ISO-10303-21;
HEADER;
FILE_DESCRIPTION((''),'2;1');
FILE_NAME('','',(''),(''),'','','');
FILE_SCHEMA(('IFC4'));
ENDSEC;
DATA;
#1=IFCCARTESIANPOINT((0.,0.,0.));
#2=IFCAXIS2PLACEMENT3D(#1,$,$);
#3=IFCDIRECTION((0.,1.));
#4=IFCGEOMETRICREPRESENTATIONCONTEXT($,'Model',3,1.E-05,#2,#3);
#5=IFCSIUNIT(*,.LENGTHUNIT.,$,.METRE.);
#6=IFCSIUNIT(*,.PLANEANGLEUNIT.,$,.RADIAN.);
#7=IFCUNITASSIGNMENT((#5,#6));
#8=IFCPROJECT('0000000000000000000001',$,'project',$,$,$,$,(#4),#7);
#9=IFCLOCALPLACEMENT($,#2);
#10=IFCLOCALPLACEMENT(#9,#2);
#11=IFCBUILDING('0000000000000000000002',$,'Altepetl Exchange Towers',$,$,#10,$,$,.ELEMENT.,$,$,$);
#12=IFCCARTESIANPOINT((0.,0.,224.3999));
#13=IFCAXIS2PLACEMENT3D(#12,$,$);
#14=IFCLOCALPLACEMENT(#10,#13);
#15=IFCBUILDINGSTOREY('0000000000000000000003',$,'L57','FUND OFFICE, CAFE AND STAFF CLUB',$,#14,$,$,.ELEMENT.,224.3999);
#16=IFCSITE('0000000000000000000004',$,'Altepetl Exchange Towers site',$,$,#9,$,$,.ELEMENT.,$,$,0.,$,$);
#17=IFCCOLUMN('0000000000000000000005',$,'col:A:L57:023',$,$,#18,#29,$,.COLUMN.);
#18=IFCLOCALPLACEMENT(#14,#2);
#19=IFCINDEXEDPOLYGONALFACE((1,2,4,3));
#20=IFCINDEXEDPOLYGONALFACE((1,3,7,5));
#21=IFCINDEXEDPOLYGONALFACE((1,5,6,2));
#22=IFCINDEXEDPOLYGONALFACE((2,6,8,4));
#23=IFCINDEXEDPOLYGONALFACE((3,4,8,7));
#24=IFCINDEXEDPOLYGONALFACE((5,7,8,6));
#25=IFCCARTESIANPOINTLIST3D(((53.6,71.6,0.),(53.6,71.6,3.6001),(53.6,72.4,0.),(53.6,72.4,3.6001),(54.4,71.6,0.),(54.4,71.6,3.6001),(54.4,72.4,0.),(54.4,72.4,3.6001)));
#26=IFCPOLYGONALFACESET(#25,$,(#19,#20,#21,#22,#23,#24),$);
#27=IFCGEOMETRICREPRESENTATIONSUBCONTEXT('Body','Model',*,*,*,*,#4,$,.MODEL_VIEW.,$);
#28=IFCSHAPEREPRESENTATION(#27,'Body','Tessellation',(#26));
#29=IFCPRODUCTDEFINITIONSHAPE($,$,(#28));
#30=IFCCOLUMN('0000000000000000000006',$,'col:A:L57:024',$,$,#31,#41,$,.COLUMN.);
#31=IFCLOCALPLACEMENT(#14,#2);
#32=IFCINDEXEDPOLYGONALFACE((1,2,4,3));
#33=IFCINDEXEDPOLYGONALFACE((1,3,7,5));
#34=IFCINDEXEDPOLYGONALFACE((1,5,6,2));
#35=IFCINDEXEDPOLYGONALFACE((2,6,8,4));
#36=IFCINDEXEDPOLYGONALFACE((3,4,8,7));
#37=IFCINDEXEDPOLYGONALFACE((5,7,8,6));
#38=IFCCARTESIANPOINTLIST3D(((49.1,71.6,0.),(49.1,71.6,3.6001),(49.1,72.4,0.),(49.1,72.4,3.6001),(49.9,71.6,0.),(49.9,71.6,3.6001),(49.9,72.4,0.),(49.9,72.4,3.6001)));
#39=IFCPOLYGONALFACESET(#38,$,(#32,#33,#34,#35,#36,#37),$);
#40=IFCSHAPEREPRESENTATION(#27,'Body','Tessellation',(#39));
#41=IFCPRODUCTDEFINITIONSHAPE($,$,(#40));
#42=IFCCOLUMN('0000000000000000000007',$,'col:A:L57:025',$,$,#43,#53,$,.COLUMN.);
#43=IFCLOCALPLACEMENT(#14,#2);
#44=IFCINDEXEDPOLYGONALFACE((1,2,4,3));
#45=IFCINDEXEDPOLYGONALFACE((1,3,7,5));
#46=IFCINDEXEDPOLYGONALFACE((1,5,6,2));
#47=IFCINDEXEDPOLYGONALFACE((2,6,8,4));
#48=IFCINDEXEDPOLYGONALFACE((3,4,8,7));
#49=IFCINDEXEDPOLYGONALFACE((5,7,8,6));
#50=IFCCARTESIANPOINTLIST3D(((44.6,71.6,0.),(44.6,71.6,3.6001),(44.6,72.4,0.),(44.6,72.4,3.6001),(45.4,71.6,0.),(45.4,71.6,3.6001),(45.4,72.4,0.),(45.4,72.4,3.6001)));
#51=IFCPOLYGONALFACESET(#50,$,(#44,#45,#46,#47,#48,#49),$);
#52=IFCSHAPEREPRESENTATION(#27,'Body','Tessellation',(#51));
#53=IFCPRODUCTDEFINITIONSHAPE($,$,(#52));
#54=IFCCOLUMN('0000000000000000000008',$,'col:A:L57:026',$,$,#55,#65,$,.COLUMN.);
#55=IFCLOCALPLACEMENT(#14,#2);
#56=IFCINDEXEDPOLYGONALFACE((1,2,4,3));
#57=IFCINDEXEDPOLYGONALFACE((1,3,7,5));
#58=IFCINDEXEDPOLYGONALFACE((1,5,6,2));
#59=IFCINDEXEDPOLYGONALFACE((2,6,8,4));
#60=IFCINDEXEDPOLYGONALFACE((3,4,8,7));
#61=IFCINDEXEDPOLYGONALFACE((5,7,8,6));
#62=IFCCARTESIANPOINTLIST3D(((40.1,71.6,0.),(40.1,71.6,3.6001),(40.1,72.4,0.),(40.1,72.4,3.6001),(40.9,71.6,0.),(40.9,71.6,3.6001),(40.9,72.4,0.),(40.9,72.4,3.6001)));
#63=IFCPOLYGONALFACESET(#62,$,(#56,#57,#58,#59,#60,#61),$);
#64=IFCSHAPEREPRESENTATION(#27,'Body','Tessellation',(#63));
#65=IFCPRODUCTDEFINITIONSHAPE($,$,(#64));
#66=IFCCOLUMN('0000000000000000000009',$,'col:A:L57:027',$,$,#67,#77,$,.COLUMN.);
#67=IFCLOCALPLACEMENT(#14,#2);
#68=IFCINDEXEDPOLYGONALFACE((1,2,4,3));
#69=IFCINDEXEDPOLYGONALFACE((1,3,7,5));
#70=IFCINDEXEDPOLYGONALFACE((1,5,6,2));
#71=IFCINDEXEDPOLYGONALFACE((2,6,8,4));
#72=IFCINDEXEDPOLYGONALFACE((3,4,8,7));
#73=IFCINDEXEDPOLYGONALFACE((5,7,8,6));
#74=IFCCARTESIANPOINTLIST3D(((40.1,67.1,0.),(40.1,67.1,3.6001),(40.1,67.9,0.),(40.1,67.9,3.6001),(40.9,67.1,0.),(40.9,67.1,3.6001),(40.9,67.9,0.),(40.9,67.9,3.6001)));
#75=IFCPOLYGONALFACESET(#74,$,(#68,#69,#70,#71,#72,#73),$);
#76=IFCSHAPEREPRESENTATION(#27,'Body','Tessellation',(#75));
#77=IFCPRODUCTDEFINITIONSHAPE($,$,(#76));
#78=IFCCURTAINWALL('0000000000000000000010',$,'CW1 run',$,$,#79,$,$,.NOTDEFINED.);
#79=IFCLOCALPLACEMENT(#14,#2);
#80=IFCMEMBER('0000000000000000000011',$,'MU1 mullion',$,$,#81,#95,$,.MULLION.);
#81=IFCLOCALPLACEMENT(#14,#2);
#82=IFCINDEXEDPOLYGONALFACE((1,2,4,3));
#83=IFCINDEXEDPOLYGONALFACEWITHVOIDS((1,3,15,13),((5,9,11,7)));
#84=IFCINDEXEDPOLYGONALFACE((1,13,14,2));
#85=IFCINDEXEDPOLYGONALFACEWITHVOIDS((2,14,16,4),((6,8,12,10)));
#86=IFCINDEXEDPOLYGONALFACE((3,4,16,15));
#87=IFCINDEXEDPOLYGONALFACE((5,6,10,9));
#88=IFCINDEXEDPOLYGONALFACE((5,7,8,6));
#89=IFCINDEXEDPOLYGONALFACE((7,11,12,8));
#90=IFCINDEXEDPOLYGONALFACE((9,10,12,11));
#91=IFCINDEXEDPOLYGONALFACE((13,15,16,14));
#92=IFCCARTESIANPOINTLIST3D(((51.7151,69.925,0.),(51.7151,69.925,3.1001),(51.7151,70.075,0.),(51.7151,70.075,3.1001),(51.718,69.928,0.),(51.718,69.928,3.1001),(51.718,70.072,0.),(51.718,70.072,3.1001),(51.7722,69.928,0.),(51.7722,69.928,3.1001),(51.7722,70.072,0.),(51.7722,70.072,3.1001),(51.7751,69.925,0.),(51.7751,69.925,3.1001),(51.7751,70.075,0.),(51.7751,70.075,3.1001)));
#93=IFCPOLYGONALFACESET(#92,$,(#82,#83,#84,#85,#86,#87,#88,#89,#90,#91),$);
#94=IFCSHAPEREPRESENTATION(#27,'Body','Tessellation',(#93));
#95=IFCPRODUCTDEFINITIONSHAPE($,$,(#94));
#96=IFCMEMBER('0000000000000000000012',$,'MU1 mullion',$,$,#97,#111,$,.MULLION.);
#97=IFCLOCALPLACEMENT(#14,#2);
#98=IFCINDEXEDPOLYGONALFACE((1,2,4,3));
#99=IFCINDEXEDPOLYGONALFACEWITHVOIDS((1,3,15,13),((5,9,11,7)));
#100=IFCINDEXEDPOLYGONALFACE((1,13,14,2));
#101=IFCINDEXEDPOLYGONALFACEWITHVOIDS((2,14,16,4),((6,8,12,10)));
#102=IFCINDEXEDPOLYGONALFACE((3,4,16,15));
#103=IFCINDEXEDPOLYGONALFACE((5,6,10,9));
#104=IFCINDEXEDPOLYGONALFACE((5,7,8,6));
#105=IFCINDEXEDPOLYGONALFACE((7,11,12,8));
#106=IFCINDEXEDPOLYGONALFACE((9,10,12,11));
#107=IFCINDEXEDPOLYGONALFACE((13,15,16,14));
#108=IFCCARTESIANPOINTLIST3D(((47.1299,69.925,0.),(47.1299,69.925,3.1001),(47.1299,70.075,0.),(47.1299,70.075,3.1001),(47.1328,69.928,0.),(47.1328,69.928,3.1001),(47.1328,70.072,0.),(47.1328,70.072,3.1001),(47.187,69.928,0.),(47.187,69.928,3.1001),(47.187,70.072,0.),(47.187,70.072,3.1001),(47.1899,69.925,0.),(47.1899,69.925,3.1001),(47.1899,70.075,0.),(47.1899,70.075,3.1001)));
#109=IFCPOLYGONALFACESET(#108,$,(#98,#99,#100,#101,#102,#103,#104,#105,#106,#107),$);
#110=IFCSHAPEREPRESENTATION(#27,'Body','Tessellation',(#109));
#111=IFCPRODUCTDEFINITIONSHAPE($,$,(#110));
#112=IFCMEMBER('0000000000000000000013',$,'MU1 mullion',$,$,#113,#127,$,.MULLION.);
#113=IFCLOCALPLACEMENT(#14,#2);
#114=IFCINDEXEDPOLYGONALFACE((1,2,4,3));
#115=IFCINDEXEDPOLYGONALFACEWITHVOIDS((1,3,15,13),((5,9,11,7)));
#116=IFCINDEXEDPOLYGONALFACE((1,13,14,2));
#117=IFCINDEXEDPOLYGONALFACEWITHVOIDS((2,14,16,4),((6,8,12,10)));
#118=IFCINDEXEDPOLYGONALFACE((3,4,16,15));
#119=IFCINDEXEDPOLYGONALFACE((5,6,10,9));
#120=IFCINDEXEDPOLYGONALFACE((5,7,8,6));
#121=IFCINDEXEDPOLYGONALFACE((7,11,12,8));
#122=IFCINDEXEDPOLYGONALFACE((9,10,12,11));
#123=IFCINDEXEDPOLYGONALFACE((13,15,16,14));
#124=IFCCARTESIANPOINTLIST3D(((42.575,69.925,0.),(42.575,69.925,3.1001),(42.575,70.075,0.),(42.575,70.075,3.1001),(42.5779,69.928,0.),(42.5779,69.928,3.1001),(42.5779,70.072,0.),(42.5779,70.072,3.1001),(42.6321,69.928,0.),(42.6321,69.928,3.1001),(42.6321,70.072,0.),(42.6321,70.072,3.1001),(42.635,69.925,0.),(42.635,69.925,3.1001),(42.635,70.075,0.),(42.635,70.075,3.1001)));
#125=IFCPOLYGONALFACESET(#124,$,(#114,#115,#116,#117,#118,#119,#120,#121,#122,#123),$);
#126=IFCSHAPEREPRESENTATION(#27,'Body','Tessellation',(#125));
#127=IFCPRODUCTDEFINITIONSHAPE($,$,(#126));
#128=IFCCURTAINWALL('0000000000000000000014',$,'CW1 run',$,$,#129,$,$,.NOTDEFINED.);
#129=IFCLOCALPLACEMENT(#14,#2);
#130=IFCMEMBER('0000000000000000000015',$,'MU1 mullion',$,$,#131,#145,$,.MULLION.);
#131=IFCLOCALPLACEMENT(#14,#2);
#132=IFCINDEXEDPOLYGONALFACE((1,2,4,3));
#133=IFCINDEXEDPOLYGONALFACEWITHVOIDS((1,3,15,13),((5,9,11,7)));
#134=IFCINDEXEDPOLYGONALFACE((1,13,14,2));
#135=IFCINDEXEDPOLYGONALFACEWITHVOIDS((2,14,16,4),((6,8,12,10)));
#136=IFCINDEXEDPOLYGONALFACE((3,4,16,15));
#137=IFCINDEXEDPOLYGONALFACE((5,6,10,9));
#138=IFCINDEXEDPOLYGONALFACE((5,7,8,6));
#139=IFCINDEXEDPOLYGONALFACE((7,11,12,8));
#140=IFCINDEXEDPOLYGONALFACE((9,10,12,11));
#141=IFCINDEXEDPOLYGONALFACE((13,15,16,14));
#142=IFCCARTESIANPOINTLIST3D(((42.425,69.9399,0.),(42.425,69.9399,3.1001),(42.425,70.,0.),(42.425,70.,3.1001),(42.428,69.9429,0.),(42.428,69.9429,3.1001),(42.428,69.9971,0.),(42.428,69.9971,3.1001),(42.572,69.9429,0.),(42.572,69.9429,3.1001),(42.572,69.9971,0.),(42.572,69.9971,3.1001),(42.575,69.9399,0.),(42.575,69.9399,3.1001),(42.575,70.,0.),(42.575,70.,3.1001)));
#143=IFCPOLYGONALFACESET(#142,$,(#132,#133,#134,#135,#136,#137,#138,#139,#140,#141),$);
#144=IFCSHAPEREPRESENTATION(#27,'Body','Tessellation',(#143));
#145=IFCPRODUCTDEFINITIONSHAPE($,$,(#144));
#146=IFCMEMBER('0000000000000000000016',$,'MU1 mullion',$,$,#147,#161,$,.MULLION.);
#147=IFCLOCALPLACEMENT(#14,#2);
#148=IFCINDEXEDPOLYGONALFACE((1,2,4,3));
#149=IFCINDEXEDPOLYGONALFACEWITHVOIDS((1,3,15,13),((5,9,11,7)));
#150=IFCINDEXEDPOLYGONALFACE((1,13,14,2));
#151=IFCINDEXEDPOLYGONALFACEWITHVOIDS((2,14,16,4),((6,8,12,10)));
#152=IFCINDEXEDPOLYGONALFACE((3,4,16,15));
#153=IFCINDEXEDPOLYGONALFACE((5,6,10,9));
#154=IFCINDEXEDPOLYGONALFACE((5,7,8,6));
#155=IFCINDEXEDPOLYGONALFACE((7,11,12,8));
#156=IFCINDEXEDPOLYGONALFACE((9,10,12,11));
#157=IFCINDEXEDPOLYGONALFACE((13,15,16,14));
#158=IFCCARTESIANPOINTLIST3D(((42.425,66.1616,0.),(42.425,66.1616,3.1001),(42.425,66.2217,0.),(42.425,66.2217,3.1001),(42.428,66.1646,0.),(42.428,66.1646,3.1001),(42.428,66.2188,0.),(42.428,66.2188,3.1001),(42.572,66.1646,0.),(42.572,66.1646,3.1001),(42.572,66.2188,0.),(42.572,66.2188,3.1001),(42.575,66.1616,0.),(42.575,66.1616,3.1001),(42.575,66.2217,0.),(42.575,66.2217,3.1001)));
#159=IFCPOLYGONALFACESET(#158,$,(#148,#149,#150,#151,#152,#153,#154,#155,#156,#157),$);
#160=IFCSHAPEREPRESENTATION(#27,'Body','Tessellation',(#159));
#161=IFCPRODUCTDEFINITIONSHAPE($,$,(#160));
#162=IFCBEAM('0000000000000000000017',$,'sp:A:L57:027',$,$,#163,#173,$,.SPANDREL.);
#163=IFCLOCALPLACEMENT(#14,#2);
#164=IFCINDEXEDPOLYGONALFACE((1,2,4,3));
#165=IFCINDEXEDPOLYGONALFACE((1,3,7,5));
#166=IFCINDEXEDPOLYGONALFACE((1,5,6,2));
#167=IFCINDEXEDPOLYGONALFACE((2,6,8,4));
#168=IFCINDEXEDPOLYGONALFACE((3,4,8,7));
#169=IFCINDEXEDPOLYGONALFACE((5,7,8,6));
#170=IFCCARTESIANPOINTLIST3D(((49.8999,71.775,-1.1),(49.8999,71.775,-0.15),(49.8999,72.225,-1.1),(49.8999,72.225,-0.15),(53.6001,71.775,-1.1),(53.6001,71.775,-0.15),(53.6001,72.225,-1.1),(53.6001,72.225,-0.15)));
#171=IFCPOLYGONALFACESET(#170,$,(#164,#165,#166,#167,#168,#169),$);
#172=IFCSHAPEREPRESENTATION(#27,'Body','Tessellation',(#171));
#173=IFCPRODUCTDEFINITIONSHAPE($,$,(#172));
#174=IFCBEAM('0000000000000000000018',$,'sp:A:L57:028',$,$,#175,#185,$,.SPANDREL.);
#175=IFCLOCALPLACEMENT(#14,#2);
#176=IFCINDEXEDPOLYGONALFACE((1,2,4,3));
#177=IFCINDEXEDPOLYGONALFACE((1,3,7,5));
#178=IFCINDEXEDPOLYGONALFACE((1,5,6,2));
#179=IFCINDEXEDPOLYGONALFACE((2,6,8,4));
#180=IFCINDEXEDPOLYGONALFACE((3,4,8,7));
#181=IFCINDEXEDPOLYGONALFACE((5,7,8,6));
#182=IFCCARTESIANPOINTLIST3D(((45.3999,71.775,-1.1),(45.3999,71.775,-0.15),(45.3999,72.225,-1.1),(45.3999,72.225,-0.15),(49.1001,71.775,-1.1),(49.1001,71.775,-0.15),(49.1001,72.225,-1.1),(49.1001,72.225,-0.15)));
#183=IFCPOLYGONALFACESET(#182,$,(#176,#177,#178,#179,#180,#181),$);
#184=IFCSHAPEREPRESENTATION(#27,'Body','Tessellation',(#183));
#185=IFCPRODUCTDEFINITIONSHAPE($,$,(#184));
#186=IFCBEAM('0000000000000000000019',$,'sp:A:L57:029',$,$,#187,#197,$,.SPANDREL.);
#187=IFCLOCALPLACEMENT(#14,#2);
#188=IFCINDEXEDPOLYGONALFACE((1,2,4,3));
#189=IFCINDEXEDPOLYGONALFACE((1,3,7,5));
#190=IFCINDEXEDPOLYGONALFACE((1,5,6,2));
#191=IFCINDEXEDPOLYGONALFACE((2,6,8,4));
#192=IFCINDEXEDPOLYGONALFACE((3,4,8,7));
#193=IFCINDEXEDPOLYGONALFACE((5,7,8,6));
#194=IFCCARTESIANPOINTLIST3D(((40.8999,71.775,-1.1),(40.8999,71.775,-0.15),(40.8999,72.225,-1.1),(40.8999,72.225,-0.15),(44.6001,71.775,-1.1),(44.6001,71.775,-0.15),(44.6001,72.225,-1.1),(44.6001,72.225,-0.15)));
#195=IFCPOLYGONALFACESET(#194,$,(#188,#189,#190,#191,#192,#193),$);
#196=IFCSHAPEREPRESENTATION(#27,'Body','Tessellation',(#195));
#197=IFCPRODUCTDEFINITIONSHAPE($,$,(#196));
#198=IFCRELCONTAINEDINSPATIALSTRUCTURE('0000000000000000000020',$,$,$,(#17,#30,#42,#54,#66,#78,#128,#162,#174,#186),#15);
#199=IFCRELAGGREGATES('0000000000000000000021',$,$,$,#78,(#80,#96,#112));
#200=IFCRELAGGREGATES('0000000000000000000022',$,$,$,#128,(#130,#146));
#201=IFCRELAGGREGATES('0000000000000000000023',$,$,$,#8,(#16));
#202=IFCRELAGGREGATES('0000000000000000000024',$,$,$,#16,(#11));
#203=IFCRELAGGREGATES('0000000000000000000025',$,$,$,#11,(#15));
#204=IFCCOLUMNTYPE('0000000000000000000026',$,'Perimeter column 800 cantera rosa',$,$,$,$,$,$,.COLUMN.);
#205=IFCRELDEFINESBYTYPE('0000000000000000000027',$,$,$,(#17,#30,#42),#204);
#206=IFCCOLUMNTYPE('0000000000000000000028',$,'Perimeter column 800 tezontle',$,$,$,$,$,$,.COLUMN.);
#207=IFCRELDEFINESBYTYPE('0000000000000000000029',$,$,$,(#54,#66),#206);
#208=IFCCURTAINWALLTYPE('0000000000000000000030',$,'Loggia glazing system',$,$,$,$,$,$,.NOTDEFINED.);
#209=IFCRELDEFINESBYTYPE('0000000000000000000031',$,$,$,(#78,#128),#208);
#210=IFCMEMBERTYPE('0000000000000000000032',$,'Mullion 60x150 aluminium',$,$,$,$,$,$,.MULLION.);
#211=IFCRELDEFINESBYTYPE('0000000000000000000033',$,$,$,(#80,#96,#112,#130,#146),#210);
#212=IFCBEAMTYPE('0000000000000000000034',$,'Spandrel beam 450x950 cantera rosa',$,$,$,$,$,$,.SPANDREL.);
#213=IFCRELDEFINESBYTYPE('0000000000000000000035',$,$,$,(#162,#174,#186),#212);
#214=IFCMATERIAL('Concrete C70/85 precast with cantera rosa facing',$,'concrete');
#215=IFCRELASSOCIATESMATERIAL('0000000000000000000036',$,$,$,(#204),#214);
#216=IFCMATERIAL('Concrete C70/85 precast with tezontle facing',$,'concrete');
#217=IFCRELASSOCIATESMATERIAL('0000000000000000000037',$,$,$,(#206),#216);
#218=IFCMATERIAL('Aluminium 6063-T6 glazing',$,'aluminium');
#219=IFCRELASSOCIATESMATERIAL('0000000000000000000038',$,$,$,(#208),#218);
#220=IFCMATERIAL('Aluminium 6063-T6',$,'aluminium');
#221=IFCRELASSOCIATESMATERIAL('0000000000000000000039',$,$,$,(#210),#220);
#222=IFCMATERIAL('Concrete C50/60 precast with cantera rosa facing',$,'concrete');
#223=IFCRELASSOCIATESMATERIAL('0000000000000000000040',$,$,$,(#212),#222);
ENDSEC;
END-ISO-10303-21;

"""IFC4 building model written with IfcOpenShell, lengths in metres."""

from ifc_helpers import new_model, si_unit, direction, frame, origin, origin_2d, place, context, subcontext, project, spatial, rectangle, hollow_rectangle, extrude, material, material_profile, profile_set, type_object, element, aggregate, save


model = new_model("IFC4")

# Units and contexts
model_context = context("Model", 3, precision=1e-05, world=origin(), true_north=direction((0.0, 1.0)))
body_context = subcontext(model_context, "Body", "Model", "MODEL_VIEW")
ifc_project = project(units=[si_unit("LENGTHUNIT", "METRE"), si_unit("PLANEANGLEUNIT", "RADIAN")], contexts=[model_context])

# Site, building, storey
site_placement = place(None, origin())
site = spatial("IfcSite", under=ifc_project, at=site_placement, Name="Altepetl Exchange Towers site", CompositionType="ELEMENT", RefElevation=0.0)
building_placement = place(site_placement, origin())
building = spatial("IfcBuilding", under=site, at=building_placement, Name="Altepetl Exchange Towers", CompositionType="ELEMENT")
storey_placement = place(building_placement, frame((0.0, 0.0, 224.3999)))
storey = spatial("IfcBuildingStorey", under=building, at=storey_placement, Name="L57", Description="FUND OFFICE, CAFE AND STAFF CLUB", CompositionType="ELEMENT", Elevation=224.3999)

# Columns
ifc_material_1 = material(Name="Concrete C70/85 precast with cantera rosa facing", Category="concrete")
ifc_material_profile_1 = material_profile(ifc_material_1, rectangle(XDim=0.8, YDim=0.8, at=origin_2d()), Name="800 x 800")
ifc_profile_set_1 = profile_set([ifc_material_profile_1], Name="Concrete C70/85 precast with cantera rosa facing")
column_type_1 = type_object("IfcColumnType", Name="Perimeter column 800 cantera rosa", PredefinedType="COLUMN", material=ifc_profile_set_1)
for number, where, name in (
    (1, (54.0, 72.0, 0.0), "col:A:L57:023"),
    (2, (49.5, 72.0, 0.0), "col:A:L57:024"),
    (3, (45.0, 72.0, 0.0), "col:A:L57:025"),
):
    element("IfcColumn", number, at=place(storey_placement, frame(where)), inside=storey, type_object=column_type_1, Name=name, PredefinedType="COLUMN", context=body_context, shape_type="SweptSolid", body=[
        extrude(rectangle(XDim=0.8, YDim=0.8, at=origin_2d()), origin(), (0.0, 0.0, 1.0), 3.6001),
    ])
ifc_material_2 = material(Name="Concrete C70/85 precast with tezontle facing", Category="concrete")
ifc_material_profile_2 = material_profile(ifc_material_2, rectangle(XDim=0.8, YDim=0.8, at=origin_2d()), Name="800 x 800")
ifc_profile_set_2 = profile_set([ifc_material_profile_2], Name="Concrete C70/85 precast with tezontle facing")
column_type_2 = type_object("IfcColumnType", Name="Perimeter column 800 tezontle", PredefinedType="COLUMN", material=ifc_profile_set_2)
for number, where, name in (
    (4, (40.5, 72.0, 0.0), "col:A:L57:026"),
    (5, (40.5, 67.5, 0.0), "col:A:L57:027"),
):
    element("IfcColumn", number, at=place(storey_placement, frame(where)), inside=storey, type_object=column_type_2, Name=name, PredefinedType="COLUMN", context=body_context, shape_type="SweptSolid", body=[
        extrude(rectangle(XDim=0.8, YDim=0.8, at=origin_2d()), origin(), (0.0, 0.0, 1.0), 3.6001),
    ])

# Curtain walls, members
ifc_material_3 = material(Name="Aluminium 6063-T6 glazing", Category="aluminium")
curtain_wall_type = type_object("IfcCurtainWallType", Name="Loggia glazing system", PredefinedType="NOTDEFINED", material=ifc_material_3)
curtain_wall_1_placement = place(storey_placement, origin())
curtain_wall_1 = element("IfcCurtainWall", 6, at=curtain_wall_1_placement, inside=storey, type_object=curtain_wall_type, Name="CW1 run", PredefinedType="NOTDEFINED")
ifc_material_4 = material(Name="Aluminium 6063-T6", Category="aluminium")
ifc_material_profile_3 = material_profile(ifc_material_4, hollow_rectangle(XDim=0.0601, YDim=0.1499, WallThickness=0.0029, at=origin_2d()), Name="Mullion 60x150 aluminium")
ifc_profile_set_3 = profile_set([ifc_material_profile_3], Name="Aluminium 6063-T6")
member_type = type_object("IfcMemberType", Name="Mullion 60x150 aluminium", PredefinedType="MULLION", material=ifc_profile_set_3)
member_1_placement = place(storey_placement, frame((51.7451, 70.0, 0.0), z_axis=(0.0, 0.0, 1.0), x_axis=(-1.0, 0.0, 0.0)))
member_1 = element("IfcMember", 7, at=member_1_placement, type_object=member_type, Name="MU1 mullion", PredefinedType="MULLION", context=body_context, shape_type="SweptSolid", body=[
    extrude(hollow_rectangle(XDim=0.0601, YDim=0.1499, WallThickness=0.0029, at=origin_2d()), origin(), (0.0, 0.0, 1.0), 3.1001),
])
member_2_placement = place(storey_placement, frame((47.1599, 70.0, 0.0), z_axis=(0.0, 0.0, 1.0), x_axis=(-1.0, 0.0, 0.0)))
member_2 = element("IfcMember", 8, at=member_2_placement, type_object=member_type, Name="MU1 mullion", PredefinedType="MULLION", context=body_context, shape_type="SweptSolid", body=[
    extrude(hollow_rectangle(XDim=0.0601, YDim=0.1499, WallThickness=0.0029, at=origin_2d()), origin(), (0.0, 0.0, 1.0), 3.1001),
])
member_3_placement = place(storey_placement, frame((42.605, 70.0, 0.0), z_axis=(0.0, 0.0, 1.0), x_axis=(-1.0, 0.0, 0.0)))
member_3 = element("IfcMember", 9, at=member_3_placement, type_object=member_type, Name="MU1 mullion", PredefinedType="MULLION", context=body_context, shape_type="SweptSolid", body=[
    extrude(hollow_rectangle(XDim=0.0601, YDim=0.1499, WallThickness=0.0029, at=origin_2d()), origin(), (0.0, 0.0, 1.0), 3.1001),
])
curtain_wall_2_placement = place(storey_placement, origin())
curtain_wall_2 = element("IfcCurtainWall", 10, at=curtain_wall_2_placement, inside=storey, type_object=curtain_wall_type, Name="CW1 run", PredefinedType="NOTDEFINED")
member_4_placement = place(storey_placement, frame((42.5, 69.97, 0.0), z_axis=(0.0, 0.0, 1.0), x_axis=(0.0, -1.0, 0.0)))
member_4 = element("IfcMember", 11, at=member_4_placement, type_object=member_type, Name="MU1 mullion", PredefinedType="MULLION", context=body_context, shape_type="SweptSolid", body=[
    extrude(hollow_rectangle(XDim=0.0601, YDim=0.1499, WallThickness=0.0029, at=origin_2d()), origin(), (0.0, 0.0, 1.0), 3.1001),
])
member_5_placement = place(storey_placement, frame((42.5, 66.1917, 0.0), z_axis=(0.0, 0.0, 1.0), x_axis=(0.0, -1.0, 0.0)))
member_5 = element("IfcMember", 12, at=member_5_placement, type_object=member_type, Name="MU1 mullion", PredefinedType="MULLION", context=body_context, shape_type="SweptSolid", body=[
    extrude(hollow_rectangle(XDim=0.0601, YDim=0.1499, WallThickness=0.0029, at=origin_2d()), origin(), (0.0, 0.0, 1.0), 3.1001),
])

# Beams
ifc_material_5 = material(Name="Concrete C50/60 precast with cantera rosa facing", Category="concrete")
ifc_material_profile_4 = material_profile(ifc_material_5, rectangle(XDim=0.45, YDim=0.95, at=origin_2d()), Name="450 x 950")
ifc_profile_set_4 = profile_set([ifc_material_profile_4], Name="Concrete C50/60 precast with cantera rosa facing")
beam_type_1 = type_object("IfcBeamType", Name="Spandrel beam 450x950 cantera rosa", PredefinedType="SPANDREL", material=ifc_profile_set_4)
for number, where, z_axis, x_axis, name in (
    (13, (53.6001, 72.0, -0.625), (-1.0, 0.0, 0.0), (0.0, -1.0, 0.0), "sp:A:L57:027"),
    (14, (49.1001, 72.0, -0.625), (-1.0, 0.0, 0.0), (0.0, -1.0, 0.0), "sp:A:L57:028"),
    (15, (44.6001, 72.0, -0.625), (-1.0, 0.0, 0.0), (0.0, -1.0, 0.0), "sp:A:L57:029"),
):
    element("IfcBeam", number, at=place(storey_placement, frame(where, z_axis=z_axis, x_axis=x_axis)), inside=storey, type_object=beam_type_1, Name=name, PredefinedType="SPANDREL", context=body_context, shape_type="SweptSolid", body=[
        extrude(rectangle(XDim=0.45, YDim=0.95, at=origin_2d()), origin(), (0.0, 0.0, 1.0), 3.7002),
    ])

aggregate(curtain_wall_1, [member_1, member_2, member_3])
aggregate(curtain_wall_2, [member_4, member_5])

save(model, "model.ifc")
